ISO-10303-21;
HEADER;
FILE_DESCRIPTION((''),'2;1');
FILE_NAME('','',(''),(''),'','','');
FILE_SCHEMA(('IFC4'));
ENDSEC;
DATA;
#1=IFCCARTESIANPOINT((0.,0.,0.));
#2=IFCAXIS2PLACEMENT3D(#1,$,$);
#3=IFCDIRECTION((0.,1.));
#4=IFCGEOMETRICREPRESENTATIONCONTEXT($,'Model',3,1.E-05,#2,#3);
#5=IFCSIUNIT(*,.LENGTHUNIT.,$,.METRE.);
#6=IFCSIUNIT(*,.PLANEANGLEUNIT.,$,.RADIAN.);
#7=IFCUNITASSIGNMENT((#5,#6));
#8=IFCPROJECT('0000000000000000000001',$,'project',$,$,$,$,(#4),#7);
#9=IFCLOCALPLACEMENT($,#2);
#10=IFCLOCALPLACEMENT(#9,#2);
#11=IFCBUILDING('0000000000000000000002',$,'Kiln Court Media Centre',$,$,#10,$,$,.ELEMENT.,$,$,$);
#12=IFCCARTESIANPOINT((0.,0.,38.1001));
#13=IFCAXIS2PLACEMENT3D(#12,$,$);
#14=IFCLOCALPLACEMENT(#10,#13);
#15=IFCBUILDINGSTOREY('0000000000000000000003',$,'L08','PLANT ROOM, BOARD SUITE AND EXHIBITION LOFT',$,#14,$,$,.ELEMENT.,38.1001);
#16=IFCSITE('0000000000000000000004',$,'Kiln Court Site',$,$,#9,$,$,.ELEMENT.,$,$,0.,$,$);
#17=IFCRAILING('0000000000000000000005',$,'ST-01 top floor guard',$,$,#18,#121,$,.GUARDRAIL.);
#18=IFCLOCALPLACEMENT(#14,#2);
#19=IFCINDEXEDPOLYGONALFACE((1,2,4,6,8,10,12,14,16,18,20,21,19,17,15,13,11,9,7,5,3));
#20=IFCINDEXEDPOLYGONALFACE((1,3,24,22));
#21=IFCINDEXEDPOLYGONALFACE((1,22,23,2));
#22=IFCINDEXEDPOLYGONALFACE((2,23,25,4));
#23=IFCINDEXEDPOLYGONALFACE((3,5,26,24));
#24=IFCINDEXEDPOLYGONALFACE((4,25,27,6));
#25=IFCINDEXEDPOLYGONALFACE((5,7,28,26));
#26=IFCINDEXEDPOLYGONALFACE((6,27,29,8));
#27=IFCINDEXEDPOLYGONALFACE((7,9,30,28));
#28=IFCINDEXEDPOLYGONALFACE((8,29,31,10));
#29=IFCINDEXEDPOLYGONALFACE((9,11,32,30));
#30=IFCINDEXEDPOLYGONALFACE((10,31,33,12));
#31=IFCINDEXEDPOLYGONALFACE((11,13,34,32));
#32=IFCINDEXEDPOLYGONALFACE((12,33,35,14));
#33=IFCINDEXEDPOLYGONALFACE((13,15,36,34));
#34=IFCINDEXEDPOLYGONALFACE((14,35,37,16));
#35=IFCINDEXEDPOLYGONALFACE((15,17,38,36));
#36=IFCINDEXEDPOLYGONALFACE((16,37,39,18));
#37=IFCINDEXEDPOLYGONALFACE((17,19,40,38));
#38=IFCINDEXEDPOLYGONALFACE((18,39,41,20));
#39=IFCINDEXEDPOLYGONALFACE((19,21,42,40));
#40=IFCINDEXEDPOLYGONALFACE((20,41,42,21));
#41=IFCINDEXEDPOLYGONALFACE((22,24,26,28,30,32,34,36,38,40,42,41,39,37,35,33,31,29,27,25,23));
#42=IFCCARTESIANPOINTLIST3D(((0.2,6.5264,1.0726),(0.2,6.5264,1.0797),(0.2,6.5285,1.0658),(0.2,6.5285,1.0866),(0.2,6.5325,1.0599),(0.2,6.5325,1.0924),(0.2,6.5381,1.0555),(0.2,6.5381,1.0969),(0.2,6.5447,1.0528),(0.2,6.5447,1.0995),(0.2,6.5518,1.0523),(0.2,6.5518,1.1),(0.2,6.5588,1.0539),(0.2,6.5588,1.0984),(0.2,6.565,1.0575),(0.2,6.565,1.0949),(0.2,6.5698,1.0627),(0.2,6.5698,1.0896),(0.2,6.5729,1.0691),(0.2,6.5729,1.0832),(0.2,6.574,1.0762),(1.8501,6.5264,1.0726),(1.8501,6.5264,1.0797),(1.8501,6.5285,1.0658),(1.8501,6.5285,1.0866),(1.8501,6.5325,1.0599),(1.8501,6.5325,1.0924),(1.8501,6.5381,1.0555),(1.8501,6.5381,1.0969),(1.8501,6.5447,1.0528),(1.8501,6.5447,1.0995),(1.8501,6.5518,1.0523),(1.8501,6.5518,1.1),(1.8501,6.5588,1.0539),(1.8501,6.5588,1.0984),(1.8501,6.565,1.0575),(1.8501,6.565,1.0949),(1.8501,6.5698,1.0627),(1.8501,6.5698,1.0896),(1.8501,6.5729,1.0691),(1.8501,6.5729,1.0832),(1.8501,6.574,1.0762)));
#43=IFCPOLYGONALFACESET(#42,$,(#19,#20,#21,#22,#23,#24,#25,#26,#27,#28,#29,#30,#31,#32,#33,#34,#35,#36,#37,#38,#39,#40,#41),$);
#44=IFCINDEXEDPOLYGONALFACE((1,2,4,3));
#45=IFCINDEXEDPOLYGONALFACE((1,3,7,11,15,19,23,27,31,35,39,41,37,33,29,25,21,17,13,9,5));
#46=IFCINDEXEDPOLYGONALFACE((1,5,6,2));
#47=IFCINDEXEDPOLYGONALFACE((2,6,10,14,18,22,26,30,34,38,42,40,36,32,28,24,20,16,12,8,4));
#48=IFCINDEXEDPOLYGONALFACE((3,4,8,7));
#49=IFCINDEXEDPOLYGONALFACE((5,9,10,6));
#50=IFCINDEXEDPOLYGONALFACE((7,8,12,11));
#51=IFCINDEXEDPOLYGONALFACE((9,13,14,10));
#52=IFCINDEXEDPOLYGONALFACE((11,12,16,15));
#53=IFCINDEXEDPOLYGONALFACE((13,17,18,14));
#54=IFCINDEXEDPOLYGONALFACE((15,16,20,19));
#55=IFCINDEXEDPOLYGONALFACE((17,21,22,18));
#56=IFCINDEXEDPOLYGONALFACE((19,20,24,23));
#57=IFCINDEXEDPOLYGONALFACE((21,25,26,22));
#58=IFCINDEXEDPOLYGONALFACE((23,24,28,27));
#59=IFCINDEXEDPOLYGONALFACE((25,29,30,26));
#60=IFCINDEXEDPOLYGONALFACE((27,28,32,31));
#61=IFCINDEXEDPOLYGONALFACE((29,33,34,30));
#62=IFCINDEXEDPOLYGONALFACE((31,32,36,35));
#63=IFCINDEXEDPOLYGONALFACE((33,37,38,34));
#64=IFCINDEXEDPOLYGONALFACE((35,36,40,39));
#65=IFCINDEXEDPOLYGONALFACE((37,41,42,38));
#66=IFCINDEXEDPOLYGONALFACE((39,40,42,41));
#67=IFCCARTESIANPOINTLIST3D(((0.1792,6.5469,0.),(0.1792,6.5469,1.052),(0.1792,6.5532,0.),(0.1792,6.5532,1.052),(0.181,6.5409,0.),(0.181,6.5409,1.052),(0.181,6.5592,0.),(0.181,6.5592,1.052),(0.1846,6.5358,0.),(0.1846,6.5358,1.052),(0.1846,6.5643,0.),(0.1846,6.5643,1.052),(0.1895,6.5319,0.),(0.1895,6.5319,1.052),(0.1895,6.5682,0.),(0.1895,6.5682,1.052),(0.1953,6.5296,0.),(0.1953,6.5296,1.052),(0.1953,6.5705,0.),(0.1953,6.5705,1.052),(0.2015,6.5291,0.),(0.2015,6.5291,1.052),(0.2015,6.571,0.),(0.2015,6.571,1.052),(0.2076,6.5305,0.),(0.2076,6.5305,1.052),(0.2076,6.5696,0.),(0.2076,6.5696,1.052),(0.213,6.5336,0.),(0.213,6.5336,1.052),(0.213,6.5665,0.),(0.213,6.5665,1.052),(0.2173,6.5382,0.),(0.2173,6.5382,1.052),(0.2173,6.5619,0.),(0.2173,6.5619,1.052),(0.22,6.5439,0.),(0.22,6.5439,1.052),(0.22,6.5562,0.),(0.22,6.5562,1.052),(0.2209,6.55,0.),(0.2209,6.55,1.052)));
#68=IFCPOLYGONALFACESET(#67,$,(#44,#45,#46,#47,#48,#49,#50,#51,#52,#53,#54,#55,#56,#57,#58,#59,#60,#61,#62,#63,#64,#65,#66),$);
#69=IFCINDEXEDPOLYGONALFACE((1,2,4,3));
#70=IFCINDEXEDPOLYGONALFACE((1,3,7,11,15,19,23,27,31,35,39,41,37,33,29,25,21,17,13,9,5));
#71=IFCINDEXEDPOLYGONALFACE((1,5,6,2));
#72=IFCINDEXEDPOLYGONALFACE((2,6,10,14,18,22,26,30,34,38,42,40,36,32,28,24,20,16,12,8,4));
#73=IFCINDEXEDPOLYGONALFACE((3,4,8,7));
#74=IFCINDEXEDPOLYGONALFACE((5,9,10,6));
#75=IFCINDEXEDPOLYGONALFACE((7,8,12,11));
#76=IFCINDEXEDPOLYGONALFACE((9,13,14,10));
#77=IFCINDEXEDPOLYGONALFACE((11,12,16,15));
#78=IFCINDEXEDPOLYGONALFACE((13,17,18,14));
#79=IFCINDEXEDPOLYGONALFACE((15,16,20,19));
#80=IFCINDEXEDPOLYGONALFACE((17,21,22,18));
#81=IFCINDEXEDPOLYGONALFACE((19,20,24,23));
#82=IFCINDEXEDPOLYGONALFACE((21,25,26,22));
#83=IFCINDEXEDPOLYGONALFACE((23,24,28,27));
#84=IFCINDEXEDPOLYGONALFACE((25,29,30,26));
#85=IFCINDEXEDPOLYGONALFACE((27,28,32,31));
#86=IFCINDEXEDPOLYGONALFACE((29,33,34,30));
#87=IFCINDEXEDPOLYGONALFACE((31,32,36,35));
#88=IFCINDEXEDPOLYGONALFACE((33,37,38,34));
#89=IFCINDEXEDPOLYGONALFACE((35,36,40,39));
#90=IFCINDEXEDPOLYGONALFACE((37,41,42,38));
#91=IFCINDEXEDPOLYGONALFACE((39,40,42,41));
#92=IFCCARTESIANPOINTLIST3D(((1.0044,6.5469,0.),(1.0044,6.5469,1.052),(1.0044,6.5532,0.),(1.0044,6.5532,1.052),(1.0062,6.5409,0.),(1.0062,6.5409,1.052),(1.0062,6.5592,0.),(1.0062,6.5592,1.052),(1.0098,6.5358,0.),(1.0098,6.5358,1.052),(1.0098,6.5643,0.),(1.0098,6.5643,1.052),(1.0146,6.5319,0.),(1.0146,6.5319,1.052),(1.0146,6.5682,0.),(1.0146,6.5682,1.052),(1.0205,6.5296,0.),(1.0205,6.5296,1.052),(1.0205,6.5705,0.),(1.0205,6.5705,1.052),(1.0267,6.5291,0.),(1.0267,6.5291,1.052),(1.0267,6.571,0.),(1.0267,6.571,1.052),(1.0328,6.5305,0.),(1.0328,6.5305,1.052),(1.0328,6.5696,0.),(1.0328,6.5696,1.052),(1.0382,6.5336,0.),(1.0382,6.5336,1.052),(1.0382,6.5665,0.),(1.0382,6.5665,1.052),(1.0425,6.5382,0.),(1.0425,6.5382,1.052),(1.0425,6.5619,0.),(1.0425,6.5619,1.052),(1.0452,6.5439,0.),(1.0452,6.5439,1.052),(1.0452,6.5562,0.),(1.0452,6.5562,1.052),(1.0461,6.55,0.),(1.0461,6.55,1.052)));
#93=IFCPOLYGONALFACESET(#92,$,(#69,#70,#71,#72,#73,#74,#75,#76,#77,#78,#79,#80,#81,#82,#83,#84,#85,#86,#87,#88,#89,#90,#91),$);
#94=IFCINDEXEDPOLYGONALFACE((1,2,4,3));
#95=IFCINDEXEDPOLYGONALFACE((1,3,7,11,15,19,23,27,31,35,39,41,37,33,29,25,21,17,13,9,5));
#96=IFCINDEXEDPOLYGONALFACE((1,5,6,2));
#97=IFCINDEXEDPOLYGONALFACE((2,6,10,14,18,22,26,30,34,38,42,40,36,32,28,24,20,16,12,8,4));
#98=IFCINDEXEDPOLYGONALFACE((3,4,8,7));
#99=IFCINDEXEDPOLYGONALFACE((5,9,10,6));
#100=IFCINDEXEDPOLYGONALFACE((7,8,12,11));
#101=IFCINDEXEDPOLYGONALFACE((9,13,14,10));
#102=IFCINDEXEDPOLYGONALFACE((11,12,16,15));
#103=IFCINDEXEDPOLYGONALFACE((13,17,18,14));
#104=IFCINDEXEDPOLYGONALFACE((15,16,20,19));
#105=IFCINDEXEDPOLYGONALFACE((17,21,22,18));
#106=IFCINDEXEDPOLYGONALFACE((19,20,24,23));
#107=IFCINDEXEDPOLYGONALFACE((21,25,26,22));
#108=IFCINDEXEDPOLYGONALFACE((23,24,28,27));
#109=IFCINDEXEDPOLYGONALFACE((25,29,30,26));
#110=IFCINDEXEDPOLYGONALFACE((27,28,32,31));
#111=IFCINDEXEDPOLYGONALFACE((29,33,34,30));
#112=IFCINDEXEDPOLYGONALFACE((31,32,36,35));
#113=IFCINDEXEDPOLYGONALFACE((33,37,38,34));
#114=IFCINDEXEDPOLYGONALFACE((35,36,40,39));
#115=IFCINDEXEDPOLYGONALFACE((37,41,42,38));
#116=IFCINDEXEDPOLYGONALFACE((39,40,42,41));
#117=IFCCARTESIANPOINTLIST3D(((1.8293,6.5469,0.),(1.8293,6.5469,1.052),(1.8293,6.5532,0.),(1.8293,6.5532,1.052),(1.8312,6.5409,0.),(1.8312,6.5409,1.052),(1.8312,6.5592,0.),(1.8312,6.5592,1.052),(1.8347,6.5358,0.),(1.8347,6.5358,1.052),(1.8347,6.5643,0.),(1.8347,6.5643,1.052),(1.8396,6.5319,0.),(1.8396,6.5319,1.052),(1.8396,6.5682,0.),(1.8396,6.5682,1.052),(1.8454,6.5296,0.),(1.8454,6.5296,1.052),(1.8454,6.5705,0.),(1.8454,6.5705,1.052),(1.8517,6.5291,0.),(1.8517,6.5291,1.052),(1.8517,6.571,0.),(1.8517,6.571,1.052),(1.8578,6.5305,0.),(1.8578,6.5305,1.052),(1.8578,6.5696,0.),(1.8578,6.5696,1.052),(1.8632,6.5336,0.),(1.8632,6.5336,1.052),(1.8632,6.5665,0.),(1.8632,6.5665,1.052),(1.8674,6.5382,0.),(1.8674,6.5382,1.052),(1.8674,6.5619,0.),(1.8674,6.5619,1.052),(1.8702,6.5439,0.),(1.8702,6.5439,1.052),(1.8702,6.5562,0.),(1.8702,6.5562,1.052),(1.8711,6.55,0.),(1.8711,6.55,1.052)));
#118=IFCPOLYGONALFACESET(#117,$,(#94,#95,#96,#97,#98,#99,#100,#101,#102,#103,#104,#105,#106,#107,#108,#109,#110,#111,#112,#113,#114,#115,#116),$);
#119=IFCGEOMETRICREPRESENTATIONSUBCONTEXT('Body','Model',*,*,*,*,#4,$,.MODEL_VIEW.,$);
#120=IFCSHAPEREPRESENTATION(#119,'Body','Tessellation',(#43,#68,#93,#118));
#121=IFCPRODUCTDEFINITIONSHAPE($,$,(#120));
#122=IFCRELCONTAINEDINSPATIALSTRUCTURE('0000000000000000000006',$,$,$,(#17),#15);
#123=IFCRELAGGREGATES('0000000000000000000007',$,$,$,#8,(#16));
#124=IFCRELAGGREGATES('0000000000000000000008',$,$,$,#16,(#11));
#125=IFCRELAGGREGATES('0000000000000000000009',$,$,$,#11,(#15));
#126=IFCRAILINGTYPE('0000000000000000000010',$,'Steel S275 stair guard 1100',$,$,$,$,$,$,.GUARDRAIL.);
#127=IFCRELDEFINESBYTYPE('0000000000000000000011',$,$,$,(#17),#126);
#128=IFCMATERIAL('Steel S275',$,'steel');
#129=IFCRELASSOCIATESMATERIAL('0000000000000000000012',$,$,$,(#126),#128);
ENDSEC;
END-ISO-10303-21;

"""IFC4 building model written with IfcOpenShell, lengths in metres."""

from ifc_helpers import new_model, si_unit, direction, frame, origin, origin_2d, place, context, subcontext, project, spatial, circle, extrude, material, type_object, element, save


model = new_model("IFC4")

# Units and contexts
model_context = context("Model", 3, precision=1e-05, world=origin(), true_north=direction((0.0, 1.0)))
body_context = subcontext(model_context, "Body", "Model", "MODEL_VIEW")
ifc_project = project(units=[si_unit("LENGTHUNIT", "METRE"), si_unit("PLANEANGLEUNIT", "RADIAN")], contexts=[model_context])

# Site, building, storey
site_placement = place(None, origin())
site = spatial("IfcSite", under=ifc_project, at=site_placement, Name="Kiln Court Site", CompositionType="ELEMENT", RefElevation=0.0)
building_placement = place(site_placement, origin())
building = spatial("IfcBuilding", under=site, at=building_placement, Name="Kiln Court Media Centre", CompositionType="ELEMENT")
storey_placement = place(building_placement, frame((0.0, 0.0, 38.1001)))
storey = spatial("IfcBuildingStorey", under=building, at=storey_placement, Name="L08", Description="PLANT ROOM, BOARD SUITE AND EXHIBITION LOFT", CompositionType="ELEMENT", Elevation=38.1001)

# Railing
ifc_material_1 = material(Name="Steel S275", Category="steel")
railing_type = type_object("IfcRailingType", Name="Steel S275 stair guard 1100", PredefinedType="GUARDRAIL", material=ifc_material_1)
railing_1_placement = place(storey_placement, frame((0.2, 6.55, 0.0)))
element("IfcRailing", 1, at=railing_1_placement, inside=storey, type_object=railing_type, Name="ST-01 top floor guard", PredefinedType="GUARDRAIL", context=body_context, shape_type="SweptSolid", body=[
    extrude(circle(Radius=0.0239, at=origin_2d()), frame((0.0, 0.0, 1.0762), z_axis=(1.0, 0.0, 0.0), x_axis=(0.0, 1.0, 0.0)), (0.0, 0.0, 1.0), 1.6501),
    extrude(circle(Radius=0.021, at=origin_2d()), origin(), (0.0, 0.0, 1.0), 1.052),
    extrude(circle(Radius=0.021, at=origin_2d()), frame((0.8252, 0.0, 0.0)), (0.0, 0.0, 1.0), 1.052),
    extrude(circle(Radius=0.021, at=origin_2d()), frame((1.6501, 0.0, 0.0)), (0.0, 0.0, 1.0), 1.052),
])

save(model, "model.ifc")
